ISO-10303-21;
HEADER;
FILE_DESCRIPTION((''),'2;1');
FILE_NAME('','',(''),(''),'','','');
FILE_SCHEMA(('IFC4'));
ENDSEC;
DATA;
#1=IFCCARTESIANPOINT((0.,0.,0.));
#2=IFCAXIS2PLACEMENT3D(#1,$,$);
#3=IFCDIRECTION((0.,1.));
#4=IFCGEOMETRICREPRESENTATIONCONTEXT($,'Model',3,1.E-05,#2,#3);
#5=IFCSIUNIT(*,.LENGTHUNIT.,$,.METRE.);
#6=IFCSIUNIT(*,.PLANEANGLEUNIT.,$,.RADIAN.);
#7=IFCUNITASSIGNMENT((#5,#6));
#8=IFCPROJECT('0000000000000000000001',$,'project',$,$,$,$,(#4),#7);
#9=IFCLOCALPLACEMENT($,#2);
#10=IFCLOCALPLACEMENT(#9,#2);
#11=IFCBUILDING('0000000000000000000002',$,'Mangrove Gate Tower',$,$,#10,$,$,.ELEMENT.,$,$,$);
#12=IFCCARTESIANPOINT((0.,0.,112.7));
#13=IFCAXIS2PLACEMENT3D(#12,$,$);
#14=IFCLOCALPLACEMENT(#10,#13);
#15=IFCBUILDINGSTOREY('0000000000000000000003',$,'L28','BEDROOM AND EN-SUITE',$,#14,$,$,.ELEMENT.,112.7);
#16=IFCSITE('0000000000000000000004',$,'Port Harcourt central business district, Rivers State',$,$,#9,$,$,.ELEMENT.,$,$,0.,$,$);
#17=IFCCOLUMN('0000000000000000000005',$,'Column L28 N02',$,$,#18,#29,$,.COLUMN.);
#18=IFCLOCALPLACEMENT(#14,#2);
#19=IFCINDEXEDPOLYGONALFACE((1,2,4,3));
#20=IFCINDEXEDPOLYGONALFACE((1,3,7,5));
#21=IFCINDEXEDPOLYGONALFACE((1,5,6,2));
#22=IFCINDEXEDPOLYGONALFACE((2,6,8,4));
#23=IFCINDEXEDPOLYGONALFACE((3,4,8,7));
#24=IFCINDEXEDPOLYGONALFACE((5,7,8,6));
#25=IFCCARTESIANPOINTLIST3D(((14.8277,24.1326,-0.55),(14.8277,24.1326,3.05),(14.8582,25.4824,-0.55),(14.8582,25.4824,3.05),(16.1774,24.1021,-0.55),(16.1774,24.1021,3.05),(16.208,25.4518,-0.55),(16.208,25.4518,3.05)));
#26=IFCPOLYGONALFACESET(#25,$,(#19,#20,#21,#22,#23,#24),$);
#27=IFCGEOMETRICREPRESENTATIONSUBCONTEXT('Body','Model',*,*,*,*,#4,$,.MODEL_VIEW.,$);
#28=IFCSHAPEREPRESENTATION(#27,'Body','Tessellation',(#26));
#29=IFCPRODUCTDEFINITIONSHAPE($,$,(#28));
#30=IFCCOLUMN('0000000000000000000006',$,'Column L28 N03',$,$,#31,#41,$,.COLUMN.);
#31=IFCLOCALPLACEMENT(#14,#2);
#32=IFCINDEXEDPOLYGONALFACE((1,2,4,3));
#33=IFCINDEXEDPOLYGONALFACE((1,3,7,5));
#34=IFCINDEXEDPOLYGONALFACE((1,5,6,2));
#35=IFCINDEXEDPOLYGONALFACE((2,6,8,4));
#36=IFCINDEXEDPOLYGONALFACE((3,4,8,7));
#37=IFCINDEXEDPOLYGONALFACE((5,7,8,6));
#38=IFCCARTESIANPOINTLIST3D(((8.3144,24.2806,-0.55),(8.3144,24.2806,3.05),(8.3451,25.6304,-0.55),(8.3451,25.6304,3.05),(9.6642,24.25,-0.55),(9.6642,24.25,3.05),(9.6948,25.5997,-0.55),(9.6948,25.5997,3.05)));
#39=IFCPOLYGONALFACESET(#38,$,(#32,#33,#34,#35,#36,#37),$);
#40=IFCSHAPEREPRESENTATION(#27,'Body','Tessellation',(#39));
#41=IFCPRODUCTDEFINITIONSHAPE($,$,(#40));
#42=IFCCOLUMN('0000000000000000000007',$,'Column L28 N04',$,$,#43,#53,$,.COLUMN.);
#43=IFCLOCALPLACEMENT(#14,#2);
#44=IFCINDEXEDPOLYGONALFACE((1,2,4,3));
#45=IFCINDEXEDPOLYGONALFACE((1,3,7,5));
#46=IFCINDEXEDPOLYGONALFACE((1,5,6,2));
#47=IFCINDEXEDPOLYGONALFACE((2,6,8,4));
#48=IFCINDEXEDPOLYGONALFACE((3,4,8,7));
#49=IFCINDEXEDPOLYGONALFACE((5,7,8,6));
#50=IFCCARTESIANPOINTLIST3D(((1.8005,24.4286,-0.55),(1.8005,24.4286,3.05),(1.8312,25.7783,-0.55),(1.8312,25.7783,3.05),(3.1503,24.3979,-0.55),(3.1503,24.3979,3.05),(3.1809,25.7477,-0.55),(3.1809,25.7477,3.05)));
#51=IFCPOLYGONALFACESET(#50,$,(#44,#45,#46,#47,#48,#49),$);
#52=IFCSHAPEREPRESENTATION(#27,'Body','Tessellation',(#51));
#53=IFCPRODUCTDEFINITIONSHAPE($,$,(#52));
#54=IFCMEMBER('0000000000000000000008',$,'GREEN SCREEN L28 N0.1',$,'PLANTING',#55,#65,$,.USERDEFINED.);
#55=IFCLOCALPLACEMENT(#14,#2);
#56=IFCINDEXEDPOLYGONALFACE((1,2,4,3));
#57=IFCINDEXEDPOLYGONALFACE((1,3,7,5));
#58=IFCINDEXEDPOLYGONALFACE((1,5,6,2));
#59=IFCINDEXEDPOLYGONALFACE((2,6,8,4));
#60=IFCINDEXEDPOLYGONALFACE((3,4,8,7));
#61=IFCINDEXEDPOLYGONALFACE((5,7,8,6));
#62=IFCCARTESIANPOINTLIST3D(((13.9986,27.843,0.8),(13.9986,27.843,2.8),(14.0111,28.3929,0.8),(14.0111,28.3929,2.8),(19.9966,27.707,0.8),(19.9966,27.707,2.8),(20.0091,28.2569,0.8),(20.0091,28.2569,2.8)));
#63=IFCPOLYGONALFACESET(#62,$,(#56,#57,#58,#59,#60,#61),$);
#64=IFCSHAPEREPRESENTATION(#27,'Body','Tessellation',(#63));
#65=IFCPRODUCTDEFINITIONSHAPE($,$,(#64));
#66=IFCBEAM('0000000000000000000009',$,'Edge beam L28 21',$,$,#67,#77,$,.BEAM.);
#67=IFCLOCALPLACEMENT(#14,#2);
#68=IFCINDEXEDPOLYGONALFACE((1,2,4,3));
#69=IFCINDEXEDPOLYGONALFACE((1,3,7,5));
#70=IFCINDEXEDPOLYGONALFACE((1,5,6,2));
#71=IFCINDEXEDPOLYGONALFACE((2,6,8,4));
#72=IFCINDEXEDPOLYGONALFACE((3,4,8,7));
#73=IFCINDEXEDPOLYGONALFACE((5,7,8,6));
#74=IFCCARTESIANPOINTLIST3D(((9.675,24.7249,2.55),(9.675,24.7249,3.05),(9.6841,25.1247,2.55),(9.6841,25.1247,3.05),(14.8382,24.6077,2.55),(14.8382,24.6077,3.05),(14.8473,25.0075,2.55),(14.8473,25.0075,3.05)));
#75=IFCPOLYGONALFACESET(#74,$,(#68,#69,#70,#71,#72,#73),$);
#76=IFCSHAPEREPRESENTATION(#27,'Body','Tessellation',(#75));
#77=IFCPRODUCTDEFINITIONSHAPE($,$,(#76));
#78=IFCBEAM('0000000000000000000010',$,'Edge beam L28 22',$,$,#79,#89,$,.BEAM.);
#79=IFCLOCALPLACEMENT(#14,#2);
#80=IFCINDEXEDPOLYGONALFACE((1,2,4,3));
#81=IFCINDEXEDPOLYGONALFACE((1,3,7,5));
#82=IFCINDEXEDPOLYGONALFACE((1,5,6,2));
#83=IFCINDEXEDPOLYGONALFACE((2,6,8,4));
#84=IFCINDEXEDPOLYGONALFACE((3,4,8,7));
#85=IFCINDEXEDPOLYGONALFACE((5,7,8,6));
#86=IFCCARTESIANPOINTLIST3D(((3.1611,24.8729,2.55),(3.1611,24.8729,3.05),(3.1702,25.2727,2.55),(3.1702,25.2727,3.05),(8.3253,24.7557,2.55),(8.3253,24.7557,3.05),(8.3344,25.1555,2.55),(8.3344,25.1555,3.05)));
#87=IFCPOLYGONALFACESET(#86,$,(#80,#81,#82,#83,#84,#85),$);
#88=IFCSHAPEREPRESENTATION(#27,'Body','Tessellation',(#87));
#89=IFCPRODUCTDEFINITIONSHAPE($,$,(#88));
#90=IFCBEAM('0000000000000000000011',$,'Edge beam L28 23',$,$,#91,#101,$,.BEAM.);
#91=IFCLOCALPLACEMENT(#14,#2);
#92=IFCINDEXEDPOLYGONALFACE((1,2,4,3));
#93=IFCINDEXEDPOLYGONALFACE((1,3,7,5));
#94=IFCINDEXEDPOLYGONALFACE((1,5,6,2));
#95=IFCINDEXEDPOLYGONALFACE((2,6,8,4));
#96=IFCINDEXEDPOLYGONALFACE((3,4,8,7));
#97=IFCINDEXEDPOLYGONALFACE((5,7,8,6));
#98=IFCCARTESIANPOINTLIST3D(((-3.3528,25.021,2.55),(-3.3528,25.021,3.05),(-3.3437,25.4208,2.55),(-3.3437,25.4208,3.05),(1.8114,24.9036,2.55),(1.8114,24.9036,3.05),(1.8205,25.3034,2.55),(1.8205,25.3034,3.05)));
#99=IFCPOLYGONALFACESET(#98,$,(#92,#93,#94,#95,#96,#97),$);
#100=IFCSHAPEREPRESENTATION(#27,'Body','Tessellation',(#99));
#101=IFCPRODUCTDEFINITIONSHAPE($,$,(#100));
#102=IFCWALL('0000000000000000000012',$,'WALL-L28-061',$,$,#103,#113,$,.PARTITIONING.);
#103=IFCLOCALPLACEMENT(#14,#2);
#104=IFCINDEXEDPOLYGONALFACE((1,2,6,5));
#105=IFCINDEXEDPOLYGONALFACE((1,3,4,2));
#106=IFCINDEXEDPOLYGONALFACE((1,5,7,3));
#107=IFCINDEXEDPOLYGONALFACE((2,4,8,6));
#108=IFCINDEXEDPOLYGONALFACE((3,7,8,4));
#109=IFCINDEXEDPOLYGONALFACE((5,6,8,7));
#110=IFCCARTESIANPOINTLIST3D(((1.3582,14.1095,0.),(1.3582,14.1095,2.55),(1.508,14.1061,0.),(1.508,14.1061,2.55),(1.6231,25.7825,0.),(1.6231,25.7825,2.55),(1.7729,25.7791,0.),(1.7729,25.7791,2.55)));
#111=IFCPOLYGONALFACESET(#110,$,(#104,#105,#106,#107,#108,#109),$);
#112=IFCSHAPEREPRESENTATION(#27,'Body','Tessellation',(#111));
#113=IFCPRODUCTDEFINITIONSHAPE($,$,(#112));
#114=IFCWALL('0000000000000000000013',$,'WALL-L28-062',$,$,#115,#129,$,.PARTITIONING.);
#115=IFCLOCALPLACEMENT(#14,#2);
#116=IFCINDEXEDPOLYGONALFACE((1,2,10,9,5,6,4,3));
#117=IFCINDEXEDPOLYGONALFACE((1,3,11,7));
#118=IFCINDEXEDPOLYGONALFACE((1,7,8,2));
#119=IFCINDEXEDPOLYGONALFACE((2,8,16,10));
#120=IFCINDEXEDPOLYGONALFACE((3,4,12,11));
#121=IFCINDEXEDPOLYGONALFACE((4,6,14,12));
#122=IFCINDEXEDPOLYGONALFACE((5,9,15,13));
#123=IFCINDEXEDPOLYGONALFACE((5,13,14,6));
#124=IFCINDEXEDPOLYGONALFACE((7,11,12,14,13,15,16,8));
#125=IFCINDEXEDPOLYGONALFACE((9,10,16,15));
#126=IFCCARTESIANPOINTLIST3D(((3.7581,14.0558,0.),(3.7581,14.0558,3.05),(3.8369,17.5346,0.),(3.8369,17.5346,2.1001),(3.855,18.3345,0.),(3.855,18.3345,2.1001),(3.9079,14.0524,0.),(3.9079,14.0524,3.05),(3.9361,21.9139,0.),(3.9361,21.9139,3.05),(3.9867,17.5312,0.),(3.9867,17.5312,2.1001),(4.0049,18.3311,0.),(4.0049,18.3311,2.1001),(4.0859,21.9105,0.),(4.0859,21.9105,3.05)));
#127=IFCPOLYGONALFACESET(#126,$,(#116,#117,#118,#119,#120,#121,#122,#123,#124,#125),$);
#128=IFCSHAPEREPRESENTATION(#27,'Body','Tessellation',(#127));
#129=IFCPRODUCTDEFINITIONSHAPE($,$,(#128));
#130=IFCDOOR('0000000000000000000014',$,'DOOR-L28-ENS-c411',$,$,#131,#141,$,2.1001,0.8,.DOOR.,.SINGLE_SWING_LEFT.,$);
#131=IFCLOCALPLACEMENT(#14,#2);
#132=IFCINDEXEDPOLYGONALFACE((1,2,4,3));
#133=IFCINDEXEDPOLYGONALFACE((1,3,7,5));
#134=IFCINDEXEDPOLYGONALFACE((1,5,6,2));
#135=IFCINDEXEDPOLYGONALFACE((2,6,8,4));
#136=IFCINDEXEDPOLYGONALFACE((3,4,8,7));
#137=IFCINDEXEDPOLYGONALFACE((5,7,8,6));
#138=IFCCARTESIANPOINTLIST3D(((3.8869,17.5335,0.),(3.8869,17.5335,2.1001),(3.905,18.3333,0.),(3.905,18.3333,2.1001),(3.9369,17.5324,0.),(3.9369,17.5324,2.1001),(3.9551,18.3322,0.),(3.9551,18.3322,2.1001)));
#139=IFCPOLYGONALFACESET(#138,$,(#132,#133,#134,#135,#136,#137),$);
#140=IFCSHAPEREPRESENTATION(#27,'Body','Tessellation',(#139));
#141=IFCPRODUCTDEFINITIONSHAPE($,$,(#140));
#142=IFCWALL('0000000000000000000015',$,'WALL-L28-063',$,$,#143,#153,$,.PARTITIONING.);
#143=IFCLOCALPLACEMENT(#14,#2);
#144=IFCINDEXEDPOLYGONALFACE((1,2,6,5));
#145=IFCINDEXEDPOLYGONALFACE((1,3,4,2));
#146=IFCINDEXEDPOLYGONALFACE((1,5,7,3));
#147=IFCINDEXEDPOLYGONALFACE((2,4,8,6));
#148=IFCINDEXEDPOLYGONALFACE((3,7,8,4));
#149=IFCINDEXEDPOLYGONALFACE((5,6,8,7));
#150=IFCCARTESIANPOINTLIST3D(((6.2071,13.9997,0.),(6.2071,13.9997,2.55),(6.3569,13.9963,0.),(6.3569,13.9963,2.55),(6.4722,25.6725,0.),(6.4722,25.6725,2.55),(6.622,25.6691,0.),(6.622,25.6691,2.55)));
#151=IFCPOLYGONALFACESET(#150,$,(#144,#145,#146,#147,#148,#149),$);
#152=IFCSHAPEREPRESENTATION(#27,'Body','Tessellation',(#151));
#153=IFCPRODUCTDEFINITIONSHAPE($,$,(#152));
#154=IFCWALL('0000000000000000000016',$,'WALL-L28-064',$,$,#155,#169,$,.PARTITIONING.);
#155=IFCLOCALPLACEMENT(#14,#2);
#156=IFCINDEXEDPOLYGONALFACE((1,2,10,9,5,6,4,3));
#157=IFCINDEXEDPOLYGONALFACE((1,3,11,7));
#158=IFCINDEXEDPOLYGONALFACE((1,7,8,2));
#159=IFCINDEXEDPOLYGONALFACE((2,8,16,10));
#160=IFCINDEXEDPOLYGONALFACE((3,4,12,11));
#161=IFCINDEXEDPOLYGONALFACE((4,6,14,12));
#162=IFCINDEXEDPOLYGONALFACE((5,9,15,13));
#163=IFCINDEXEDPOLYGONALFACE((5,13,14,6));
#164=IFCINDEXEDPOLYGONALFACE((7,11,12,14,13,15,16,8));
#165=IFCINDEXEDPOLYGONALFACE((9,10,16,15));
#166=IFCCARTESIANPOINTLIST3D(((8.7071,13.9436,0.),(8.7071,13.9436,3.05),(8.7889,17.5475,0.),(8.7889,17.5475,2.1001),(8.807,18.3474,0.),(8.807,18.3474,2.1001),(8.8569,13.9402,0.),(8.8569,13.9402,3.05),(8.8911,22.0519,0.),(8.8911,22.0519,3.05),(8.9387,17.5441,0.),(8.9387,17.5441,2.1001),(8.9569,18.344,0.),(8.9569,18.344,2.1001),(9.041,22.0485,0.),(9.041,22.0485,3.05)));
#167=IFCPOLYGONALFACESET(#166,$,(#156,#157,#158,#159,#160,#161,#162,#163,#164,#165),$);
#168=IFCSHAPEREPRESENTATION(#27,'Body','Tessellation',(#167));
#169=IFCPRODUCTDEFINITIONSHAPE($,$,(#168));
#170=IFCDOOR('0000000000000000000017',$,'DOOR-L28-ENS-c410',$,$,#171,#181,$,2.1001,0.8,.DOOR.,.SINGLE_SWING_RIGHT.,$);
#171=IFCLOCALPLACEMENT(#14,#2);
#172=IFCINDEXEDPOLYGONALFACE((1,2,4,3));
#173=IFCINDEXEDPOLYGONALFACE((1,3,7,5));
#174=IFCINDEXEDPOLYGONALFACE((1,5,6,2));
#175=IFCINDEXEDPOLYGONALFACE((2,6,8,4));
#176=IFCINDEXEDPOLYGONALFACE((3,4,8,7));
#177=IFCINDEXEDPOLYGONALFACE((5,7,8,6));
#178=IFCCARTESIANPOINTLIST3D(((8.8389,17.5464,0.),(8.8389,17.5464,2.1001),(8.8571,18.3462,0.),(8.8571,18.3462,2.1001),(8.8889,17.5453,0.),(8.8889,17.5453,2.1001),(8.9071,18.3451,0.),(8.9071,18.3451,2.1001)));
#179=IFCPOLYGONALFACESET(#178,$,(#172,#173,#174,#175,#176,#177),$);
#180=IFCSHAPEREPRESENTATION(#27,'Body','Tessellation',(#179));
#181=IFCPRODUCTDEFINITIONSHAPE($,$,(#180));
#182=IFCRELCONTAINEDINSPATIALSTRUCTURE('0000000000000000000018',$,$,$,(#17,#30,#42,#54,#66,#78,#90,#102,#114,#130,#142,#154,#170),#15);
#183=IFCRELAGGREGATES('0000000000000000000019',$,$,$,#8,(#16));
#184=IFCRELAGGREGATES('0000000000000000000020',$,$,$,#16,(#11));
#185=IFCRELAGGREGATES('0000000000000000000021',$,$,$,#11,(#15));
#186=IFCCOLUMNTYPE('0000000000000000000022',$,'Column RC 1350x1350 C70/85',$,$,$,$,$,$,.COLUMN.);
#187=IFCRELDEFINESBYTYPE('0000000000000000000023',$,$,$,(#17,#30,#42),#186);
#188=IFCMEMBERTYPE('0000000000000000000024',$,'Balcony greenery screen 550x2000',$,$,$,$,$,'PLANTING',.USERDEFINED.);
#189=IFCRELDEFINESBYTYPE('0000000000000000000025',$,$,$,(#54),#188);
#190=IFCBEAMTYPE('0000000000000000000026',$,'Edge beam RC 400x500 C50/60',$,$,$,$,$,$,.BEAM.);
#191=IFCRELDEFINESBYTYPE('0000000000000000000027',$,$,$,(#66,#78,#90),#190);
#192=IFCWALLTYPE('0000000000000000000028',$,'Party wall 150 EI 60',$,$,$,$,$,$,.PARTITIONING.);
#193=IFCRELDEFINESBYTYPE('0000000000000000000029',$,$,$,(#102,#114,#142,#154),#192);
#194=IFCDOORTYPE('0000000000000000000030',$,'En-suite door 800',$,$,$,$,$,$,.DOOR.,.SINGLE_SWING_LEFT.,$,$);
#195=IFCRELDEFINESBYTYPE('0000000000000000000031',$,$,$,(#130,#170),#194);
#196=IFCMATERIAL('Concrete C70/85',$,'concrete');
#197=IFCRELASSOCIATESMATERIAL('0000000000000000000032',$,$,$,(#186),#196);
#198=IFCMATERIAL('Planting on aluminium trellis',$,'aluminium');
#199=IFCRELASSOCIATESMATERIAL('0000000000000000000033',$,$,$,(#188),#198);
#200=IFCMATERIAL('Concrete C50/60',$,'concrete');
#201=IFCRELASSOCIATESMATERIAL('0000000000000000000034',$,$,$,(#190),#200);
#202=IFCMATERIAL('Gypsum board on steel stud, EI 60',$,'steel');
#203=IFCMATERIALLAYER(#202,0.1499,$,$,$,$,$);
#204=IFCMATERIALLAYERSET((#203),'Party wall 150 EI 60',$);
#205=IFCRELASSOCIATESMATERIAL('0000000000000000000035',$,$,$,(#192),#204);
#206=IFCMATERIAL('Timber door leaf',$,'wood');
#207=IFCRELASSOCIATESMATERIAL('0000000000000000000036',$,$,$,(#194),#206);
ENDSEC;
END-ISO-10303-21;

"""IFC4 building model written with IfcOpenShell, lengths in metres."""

from ifc_helpers import new_model, si_unit, direction, frame, frame_2d, origin, origin_2d, place, context, subcontext, project, spatial, rectangle, extrude, material, layer, layer_set, material_profile, profile_set, type_object, element, fill, save


model = new_model("IFC4")

# Units and contexts
model_context = context("Model", 3, precision=1e-05, world=origin(), true_north=direction((0.0, 1.0)))
body_context = subcontext(model_context, "Body", "Model", "MODEL_VIEW")
ifc_project = project(units=[si_unit("LENGTHUNIT", "METRE"), si_unit("PLANEANGLEUNIT", "RADIAN")], contexts=[model_context])

# Site, building, storey
site_placement = place(None, origin())
site = spatial("IfcSite", under=ifc_project, at=site_placement, Name="Port Harcourt central business district, Rivers State", CompositionType="ELEMENT", RefElevation=0.0)
building_placement = place(site_placement, origin())
building = spatial("IfcBuilding", under=site, at=building_placement, Name="Mangrove Gate Tower", CompositionType="ELEMENT")
storey_placement = place(building_placement, frame((0.0, 0.0, 112.7)))
storey = spatial("IfcBuildingStorey", under=building, at=storey_placement, Name="L28", Description="BEDROOM AND EN-SUITE", CompositionType="ELEMENT", Elevation=112.7)

# Columns
ifc_material_1 = material(Name="Concrete C70/85", Category="concrete")
ifc_material_profile_1 = material_profile(ifc_material_1, rectangle(XDim=1.3501, YDim=1.3501, at=origin_2d()))
ifc_profile_set_1 = profile_set([ifc_material_profile_1], Name="Concrete C70/85")
column_type = type_object("IfcColumnType", Name="Column RC 1350x1350 C70/85", PredefinedType="COLUMN", material=ifc_profile_set_1)
for number, where, z_axis, x_axis, name in (
    (1, (15.5178, 24.7922, -0.55), (0.0, 0.0, 1.0), (-0.999744, 0.022639, 0.0), "Column L28 N02"),
    (2, (9.0046, 24.9402, -0.55), (0.0, 0.0, 1.0), (-0.999742, 0.022716, 0.0), "Column L28 N03"),
    (3, (2.4907, 25.0881, -0.55), (0.0, 0.0, 1.0), (-0.999742, 0.022714, 0.0), "Column L28 N04"),
):
    element("IfcColumn", number, at=place(storey_placement, frame(where, z_axis=z_axis, x_axis=x_axis)), inside=storey, type_object=column_type, Name=name, PredefinedType="COLUMN", context=body_context, shape_type="SweptSolid", body=[
        extrude(rectangle(XDim=1.3501, YDim=1.3501, at=origin_2d()), origin(), (0.0, 0.0, 1.0), 3.6001),
    ])

# Member
ifc_material_2 = material(Name="Planting on aluminium trellis", Category="aluminium")
ifc_material_profile_2 = material_profile(ifc_material_2, rectangle(XDim=0.55, YDim=2.0, at=origin_2d()))
ifc_profile_set_2 = profile_set([ifc_material_profile_2], Name="Planting on aluminium trellis")
member_type = type_object("IfcMemberType", Name="Balcony greenery screen 550x2000", ElementType="PLANTING", PredefinedType="USERDEFINED", material=ifc_profile_set_2)
member_placement = place(storey_placement, frame((14.0049, 28.1179, 1.8), z_axis=(0.999743, -0.022666, 0.0), x_axis=(0.022666, 0.999743, 0.0)))
element("IfcMember", 4, at=member_placement, inside=storey, type_object=member_type, Name="GREEN SCREEN L28 N0.1", ObjectType="PLANTING", PredefinedType="USERDEFINED", context=body_context, shape_type="SweptSolid", body=[
    extrude(rectangle(XDim=0.55, YDim=2.0, at=origin_2d()), origin(), (0.0, 0.0, 1.0), 5.9995),
])

# Beams
ifc_material_3 = material(Name="Concrete C50/60", Category="concrete")
ifc_material_profile_3 = material_profile(ifc_material_3, rectangle(XDim=0.3999, YDim=0.5, at=origin_2d()))
ifc_profile_set_3 = profile_set([ifc_material_profile_3], Name="Concrete C50/60")
beam_type = type_object("IfcBeamType", Name="Edge beam RC 400x500 C50/60", PredefinedType="BEAM", material=ifc_profile_set_3)
beam_placement = place(storey_placement, frame((14.8428, 24.8076, 2.8), z_axis=(-0.999743, 0.02269, 0.0), x_axis=(-0.02269, -0.999743, 0.0)))
element("IfcBeam", 5, at=beam_placement, inside=storey, type_object=beam_type, Name="Edge beam L28 21", PredefinedType="BEAM", context=body_context, shape_type="SweptSolid", body=[
    extrude(rectangle(XDim=0.3999, YDim=0.5, at=origin_2d()), origin(), (0.0, 0.0, 1.0), 5.1646),
])
for number, where, z_axis, x_axis, name in (
    (6, (8.3298, 24.9556, 2.8), (-0.999743, 0.022686, 0.0), (-0.022686, -0.999743, 0.0), "Edge beam L28 22"),
    (7, (1.8159, 25.1035, 2.8), (-0.999742, 0.022733, 0.0), (-0.022733, -0.999742, 0.0), "Edge beam L28 23"),
):
    element("IfcBeam", number, at=place(storey_placement, frame(where, z_axis=z_axis, x_axis=x_axis)), inside=storey, type_object=beam_type, Name=name, PredefinedType="BEAM", context=body_context, shape_type="SweptSolid", body=[
        extrude(rectangle(XDim=0.3999, YDim=0.5, at=origin_2d()), origin(), (0.0, 0.0, 1.0), 5.1655),
    ])

# Wall
ifc_material_4 = material(Name="Gypsum board on steel stud, EI 60", Category="steel")
ifc_layer_1 = layer(ifc_material_4, 0.1499)
ifc_layer_set_1 = layer_set([ifc_layer_1], Name="Party wall 150 EI 60")
wall_type_1 = type_object("IfcWallType", Name="Party wall 150 EI 60", PredefinedType="PARTITIONING", material=ifc_layer_set_1)
wall_1_placement = place(storey_placement, frame((1.4331, 14.1079, 0.0), z_axis=(0.0, 0.0, 1.0), x_axis=(0.022687, 0.999743, 0.0)))
element("IfcWall", 8, at=wall_1_placement, inside=storey, type_object=wall_type_1, Name="WALL-L28-061", PredefinedType="PARTITIONING", context=body_context, shape_type="SweptSolid", body=[
    extrude(rectangle(XDim=11.676, YDim=0.1499, at=frame_2d((5.8379, 0.0))), origin(), (0.0, 0.0, 1.0), 2.55),
])

# Wall, opening, door
wall_2_placement = place(storey_placement, frame((3.833, 14.054, 0.0), z_axis=(0.0, 0.0, 1.0), x_axis=(0.022643, 0.999744, 0.0)))
wall_2 = element("IfcWall", 9, at=wall_2_placement, inside=storey, type_object=wall_type_1, Name="WALL-L28-062", PredefinedType="PARTITIONING", context=body_context, shape_type="SweptSolid", body=[
    extrude(rectangle(XDim=7.8601, YDim=0.1499, at=frame_2d((3.9302, 0.0))), origin(), (0.0, 0.0, 1.0), 3.05),
])
opening_1_placement = place(wall_2_placement, frame((3.48, 0.0, 0.0)))
opening_1 = element("IfcOpeningElement", 10, at=opening_1_placement, cuts=wall_2, PredefinedType="OPENING", context=body_context, shape_type="SweptSolid", body=[
    extrude(rectangle(XDim=0.8, YDim=2.1001, at=frame_2d((0.3999, 1.05))), frame((0.0, 0.085, 0.0), z_axis=(0.0, -1.0, 0.0), x_axis=(1.0, 0.0, 0.0)), (0.0, 0.0, 1.0), 0.1699),
])
ifc_material_5 = material(Name="Timber door leaf", Category="wood")
door_type = type_object("IfcDoorType", Name="En-suite door 800", OperationType="SINGLE_SWING_LEFT", PredefinedType="DOOR", material=ifc_material_5)
door_1_placement = place(opening_1_placement, origin())
door_1 = element("IfcDoor", 11, at=door_1_placement, inside=storey, type_object=door_type, Name="DOOR-L28-ENS-c411", OperationType="SINGLE_SWING_LEFT", OverallHeight=2.1001, OverallWidth=0.8, PredefinedType="DOOR", context=body_context, shape_type="SweptSolid", body=[
    extrude(rectangle(XDim=0.8, YDim=2.1001, at=frame_2d((0.3999, 1.05))), frame((0.0, 0.0249, 0.0), z_axis=(0.0, -1.0, 0.0), x_axis=(1.0, 0.0, 0.0)), (0.0, 0.0, 1.0), 0.05),
])
fill(opening_1, door_1)

# Wall
wall_3_placement = place(storey_placement, frame((6.282, 13.998, 0.0), z_axis=(0.0, 0.0, 1.0), x_axis=(0.022708, 0.999742, 0.0)))
element("IfcWall", 12, at=wall_3_placement, inside=storey, type_object=wall_type_1, Name="WALL-L28-063", PredefinedType="PARTITIONING", context=body_context, shape_type="SweptSolid", body=[
    extrude(rectangle(XDim=11.6758, YDim=0.1499, at=frame_2d((5.8379, 0.0))), origin(), (0.0, 0.0, 1.0), 2.55),
])

# Wall, opening, door
wall_4_placement = place(storey_placement, frame((8.782, 13.9419, 0.0), z_axis=(0.0, 0.0, 1.0), x_axis=(0.022697, 0.999742, 0.0)))
wall_4 = element("IfcWall", 13, at=wall_4_placement, inside=storey, type_object=wall_type_1, Name="WALL-L28-064", PredefinedType="PARTITIONING", context=body_context, shape_type="SweptSolid", body=[
    extrude(rectangle(XDim=8.1104, YDim=0.1499, at=frame_2d((4.0552, 0.0))), origin(), (0.0, 0.0, 1.0), 3.05),
])
opening_2_placement = place(wall_4_placement, frame((3.605, 0.0, 0.0)))
opening_2 = element("IfcOpeningElement", 14, at=opening_2_placement, cuts=wall_4, PredefinedType="OPENING", context=body_context, shape_type="SweptSolid", body=[
    extrude(rectangle(XDim=0.8, YDim=2.1001, at=frame_2d((0.3999, 1.05))), frame((0.0, 0.085, 0.0), z_axis=(0.0, -1.0, 0.0), x_axis=(1.0, 0.0, 0.0)), (0.0, 0.0, 1.0), 0.1699),
])
door_2_placement = place(opening_2_placement, origin())
door_2 = element("IfcDoor", 15, at=door_2_placement, inside=storey, type_object=door_type, Name="DOOR-L28-ENS-c410", OperationType="SINGLE_SWING_RIGHT", OverallHeight=2.1001, OverallWidth=0.8, PredefinedType="DOOR", context=body_context, shape_type="SweptSolid", body=[
    extrude(rectangle(XDim=0.8, YDim=2.1001, at=frame_2d((0.3999, 1.05))), frame((0.0, 0.0249, 0.0), z_axis=(0.0, -1.0, 0.0), x_axis=(1.0, 0.0, 0.0)), (0.0, 0.0, 1.0), 0.05),
])
fill(opening_2, door_2)

save(model, "model.ifc")
